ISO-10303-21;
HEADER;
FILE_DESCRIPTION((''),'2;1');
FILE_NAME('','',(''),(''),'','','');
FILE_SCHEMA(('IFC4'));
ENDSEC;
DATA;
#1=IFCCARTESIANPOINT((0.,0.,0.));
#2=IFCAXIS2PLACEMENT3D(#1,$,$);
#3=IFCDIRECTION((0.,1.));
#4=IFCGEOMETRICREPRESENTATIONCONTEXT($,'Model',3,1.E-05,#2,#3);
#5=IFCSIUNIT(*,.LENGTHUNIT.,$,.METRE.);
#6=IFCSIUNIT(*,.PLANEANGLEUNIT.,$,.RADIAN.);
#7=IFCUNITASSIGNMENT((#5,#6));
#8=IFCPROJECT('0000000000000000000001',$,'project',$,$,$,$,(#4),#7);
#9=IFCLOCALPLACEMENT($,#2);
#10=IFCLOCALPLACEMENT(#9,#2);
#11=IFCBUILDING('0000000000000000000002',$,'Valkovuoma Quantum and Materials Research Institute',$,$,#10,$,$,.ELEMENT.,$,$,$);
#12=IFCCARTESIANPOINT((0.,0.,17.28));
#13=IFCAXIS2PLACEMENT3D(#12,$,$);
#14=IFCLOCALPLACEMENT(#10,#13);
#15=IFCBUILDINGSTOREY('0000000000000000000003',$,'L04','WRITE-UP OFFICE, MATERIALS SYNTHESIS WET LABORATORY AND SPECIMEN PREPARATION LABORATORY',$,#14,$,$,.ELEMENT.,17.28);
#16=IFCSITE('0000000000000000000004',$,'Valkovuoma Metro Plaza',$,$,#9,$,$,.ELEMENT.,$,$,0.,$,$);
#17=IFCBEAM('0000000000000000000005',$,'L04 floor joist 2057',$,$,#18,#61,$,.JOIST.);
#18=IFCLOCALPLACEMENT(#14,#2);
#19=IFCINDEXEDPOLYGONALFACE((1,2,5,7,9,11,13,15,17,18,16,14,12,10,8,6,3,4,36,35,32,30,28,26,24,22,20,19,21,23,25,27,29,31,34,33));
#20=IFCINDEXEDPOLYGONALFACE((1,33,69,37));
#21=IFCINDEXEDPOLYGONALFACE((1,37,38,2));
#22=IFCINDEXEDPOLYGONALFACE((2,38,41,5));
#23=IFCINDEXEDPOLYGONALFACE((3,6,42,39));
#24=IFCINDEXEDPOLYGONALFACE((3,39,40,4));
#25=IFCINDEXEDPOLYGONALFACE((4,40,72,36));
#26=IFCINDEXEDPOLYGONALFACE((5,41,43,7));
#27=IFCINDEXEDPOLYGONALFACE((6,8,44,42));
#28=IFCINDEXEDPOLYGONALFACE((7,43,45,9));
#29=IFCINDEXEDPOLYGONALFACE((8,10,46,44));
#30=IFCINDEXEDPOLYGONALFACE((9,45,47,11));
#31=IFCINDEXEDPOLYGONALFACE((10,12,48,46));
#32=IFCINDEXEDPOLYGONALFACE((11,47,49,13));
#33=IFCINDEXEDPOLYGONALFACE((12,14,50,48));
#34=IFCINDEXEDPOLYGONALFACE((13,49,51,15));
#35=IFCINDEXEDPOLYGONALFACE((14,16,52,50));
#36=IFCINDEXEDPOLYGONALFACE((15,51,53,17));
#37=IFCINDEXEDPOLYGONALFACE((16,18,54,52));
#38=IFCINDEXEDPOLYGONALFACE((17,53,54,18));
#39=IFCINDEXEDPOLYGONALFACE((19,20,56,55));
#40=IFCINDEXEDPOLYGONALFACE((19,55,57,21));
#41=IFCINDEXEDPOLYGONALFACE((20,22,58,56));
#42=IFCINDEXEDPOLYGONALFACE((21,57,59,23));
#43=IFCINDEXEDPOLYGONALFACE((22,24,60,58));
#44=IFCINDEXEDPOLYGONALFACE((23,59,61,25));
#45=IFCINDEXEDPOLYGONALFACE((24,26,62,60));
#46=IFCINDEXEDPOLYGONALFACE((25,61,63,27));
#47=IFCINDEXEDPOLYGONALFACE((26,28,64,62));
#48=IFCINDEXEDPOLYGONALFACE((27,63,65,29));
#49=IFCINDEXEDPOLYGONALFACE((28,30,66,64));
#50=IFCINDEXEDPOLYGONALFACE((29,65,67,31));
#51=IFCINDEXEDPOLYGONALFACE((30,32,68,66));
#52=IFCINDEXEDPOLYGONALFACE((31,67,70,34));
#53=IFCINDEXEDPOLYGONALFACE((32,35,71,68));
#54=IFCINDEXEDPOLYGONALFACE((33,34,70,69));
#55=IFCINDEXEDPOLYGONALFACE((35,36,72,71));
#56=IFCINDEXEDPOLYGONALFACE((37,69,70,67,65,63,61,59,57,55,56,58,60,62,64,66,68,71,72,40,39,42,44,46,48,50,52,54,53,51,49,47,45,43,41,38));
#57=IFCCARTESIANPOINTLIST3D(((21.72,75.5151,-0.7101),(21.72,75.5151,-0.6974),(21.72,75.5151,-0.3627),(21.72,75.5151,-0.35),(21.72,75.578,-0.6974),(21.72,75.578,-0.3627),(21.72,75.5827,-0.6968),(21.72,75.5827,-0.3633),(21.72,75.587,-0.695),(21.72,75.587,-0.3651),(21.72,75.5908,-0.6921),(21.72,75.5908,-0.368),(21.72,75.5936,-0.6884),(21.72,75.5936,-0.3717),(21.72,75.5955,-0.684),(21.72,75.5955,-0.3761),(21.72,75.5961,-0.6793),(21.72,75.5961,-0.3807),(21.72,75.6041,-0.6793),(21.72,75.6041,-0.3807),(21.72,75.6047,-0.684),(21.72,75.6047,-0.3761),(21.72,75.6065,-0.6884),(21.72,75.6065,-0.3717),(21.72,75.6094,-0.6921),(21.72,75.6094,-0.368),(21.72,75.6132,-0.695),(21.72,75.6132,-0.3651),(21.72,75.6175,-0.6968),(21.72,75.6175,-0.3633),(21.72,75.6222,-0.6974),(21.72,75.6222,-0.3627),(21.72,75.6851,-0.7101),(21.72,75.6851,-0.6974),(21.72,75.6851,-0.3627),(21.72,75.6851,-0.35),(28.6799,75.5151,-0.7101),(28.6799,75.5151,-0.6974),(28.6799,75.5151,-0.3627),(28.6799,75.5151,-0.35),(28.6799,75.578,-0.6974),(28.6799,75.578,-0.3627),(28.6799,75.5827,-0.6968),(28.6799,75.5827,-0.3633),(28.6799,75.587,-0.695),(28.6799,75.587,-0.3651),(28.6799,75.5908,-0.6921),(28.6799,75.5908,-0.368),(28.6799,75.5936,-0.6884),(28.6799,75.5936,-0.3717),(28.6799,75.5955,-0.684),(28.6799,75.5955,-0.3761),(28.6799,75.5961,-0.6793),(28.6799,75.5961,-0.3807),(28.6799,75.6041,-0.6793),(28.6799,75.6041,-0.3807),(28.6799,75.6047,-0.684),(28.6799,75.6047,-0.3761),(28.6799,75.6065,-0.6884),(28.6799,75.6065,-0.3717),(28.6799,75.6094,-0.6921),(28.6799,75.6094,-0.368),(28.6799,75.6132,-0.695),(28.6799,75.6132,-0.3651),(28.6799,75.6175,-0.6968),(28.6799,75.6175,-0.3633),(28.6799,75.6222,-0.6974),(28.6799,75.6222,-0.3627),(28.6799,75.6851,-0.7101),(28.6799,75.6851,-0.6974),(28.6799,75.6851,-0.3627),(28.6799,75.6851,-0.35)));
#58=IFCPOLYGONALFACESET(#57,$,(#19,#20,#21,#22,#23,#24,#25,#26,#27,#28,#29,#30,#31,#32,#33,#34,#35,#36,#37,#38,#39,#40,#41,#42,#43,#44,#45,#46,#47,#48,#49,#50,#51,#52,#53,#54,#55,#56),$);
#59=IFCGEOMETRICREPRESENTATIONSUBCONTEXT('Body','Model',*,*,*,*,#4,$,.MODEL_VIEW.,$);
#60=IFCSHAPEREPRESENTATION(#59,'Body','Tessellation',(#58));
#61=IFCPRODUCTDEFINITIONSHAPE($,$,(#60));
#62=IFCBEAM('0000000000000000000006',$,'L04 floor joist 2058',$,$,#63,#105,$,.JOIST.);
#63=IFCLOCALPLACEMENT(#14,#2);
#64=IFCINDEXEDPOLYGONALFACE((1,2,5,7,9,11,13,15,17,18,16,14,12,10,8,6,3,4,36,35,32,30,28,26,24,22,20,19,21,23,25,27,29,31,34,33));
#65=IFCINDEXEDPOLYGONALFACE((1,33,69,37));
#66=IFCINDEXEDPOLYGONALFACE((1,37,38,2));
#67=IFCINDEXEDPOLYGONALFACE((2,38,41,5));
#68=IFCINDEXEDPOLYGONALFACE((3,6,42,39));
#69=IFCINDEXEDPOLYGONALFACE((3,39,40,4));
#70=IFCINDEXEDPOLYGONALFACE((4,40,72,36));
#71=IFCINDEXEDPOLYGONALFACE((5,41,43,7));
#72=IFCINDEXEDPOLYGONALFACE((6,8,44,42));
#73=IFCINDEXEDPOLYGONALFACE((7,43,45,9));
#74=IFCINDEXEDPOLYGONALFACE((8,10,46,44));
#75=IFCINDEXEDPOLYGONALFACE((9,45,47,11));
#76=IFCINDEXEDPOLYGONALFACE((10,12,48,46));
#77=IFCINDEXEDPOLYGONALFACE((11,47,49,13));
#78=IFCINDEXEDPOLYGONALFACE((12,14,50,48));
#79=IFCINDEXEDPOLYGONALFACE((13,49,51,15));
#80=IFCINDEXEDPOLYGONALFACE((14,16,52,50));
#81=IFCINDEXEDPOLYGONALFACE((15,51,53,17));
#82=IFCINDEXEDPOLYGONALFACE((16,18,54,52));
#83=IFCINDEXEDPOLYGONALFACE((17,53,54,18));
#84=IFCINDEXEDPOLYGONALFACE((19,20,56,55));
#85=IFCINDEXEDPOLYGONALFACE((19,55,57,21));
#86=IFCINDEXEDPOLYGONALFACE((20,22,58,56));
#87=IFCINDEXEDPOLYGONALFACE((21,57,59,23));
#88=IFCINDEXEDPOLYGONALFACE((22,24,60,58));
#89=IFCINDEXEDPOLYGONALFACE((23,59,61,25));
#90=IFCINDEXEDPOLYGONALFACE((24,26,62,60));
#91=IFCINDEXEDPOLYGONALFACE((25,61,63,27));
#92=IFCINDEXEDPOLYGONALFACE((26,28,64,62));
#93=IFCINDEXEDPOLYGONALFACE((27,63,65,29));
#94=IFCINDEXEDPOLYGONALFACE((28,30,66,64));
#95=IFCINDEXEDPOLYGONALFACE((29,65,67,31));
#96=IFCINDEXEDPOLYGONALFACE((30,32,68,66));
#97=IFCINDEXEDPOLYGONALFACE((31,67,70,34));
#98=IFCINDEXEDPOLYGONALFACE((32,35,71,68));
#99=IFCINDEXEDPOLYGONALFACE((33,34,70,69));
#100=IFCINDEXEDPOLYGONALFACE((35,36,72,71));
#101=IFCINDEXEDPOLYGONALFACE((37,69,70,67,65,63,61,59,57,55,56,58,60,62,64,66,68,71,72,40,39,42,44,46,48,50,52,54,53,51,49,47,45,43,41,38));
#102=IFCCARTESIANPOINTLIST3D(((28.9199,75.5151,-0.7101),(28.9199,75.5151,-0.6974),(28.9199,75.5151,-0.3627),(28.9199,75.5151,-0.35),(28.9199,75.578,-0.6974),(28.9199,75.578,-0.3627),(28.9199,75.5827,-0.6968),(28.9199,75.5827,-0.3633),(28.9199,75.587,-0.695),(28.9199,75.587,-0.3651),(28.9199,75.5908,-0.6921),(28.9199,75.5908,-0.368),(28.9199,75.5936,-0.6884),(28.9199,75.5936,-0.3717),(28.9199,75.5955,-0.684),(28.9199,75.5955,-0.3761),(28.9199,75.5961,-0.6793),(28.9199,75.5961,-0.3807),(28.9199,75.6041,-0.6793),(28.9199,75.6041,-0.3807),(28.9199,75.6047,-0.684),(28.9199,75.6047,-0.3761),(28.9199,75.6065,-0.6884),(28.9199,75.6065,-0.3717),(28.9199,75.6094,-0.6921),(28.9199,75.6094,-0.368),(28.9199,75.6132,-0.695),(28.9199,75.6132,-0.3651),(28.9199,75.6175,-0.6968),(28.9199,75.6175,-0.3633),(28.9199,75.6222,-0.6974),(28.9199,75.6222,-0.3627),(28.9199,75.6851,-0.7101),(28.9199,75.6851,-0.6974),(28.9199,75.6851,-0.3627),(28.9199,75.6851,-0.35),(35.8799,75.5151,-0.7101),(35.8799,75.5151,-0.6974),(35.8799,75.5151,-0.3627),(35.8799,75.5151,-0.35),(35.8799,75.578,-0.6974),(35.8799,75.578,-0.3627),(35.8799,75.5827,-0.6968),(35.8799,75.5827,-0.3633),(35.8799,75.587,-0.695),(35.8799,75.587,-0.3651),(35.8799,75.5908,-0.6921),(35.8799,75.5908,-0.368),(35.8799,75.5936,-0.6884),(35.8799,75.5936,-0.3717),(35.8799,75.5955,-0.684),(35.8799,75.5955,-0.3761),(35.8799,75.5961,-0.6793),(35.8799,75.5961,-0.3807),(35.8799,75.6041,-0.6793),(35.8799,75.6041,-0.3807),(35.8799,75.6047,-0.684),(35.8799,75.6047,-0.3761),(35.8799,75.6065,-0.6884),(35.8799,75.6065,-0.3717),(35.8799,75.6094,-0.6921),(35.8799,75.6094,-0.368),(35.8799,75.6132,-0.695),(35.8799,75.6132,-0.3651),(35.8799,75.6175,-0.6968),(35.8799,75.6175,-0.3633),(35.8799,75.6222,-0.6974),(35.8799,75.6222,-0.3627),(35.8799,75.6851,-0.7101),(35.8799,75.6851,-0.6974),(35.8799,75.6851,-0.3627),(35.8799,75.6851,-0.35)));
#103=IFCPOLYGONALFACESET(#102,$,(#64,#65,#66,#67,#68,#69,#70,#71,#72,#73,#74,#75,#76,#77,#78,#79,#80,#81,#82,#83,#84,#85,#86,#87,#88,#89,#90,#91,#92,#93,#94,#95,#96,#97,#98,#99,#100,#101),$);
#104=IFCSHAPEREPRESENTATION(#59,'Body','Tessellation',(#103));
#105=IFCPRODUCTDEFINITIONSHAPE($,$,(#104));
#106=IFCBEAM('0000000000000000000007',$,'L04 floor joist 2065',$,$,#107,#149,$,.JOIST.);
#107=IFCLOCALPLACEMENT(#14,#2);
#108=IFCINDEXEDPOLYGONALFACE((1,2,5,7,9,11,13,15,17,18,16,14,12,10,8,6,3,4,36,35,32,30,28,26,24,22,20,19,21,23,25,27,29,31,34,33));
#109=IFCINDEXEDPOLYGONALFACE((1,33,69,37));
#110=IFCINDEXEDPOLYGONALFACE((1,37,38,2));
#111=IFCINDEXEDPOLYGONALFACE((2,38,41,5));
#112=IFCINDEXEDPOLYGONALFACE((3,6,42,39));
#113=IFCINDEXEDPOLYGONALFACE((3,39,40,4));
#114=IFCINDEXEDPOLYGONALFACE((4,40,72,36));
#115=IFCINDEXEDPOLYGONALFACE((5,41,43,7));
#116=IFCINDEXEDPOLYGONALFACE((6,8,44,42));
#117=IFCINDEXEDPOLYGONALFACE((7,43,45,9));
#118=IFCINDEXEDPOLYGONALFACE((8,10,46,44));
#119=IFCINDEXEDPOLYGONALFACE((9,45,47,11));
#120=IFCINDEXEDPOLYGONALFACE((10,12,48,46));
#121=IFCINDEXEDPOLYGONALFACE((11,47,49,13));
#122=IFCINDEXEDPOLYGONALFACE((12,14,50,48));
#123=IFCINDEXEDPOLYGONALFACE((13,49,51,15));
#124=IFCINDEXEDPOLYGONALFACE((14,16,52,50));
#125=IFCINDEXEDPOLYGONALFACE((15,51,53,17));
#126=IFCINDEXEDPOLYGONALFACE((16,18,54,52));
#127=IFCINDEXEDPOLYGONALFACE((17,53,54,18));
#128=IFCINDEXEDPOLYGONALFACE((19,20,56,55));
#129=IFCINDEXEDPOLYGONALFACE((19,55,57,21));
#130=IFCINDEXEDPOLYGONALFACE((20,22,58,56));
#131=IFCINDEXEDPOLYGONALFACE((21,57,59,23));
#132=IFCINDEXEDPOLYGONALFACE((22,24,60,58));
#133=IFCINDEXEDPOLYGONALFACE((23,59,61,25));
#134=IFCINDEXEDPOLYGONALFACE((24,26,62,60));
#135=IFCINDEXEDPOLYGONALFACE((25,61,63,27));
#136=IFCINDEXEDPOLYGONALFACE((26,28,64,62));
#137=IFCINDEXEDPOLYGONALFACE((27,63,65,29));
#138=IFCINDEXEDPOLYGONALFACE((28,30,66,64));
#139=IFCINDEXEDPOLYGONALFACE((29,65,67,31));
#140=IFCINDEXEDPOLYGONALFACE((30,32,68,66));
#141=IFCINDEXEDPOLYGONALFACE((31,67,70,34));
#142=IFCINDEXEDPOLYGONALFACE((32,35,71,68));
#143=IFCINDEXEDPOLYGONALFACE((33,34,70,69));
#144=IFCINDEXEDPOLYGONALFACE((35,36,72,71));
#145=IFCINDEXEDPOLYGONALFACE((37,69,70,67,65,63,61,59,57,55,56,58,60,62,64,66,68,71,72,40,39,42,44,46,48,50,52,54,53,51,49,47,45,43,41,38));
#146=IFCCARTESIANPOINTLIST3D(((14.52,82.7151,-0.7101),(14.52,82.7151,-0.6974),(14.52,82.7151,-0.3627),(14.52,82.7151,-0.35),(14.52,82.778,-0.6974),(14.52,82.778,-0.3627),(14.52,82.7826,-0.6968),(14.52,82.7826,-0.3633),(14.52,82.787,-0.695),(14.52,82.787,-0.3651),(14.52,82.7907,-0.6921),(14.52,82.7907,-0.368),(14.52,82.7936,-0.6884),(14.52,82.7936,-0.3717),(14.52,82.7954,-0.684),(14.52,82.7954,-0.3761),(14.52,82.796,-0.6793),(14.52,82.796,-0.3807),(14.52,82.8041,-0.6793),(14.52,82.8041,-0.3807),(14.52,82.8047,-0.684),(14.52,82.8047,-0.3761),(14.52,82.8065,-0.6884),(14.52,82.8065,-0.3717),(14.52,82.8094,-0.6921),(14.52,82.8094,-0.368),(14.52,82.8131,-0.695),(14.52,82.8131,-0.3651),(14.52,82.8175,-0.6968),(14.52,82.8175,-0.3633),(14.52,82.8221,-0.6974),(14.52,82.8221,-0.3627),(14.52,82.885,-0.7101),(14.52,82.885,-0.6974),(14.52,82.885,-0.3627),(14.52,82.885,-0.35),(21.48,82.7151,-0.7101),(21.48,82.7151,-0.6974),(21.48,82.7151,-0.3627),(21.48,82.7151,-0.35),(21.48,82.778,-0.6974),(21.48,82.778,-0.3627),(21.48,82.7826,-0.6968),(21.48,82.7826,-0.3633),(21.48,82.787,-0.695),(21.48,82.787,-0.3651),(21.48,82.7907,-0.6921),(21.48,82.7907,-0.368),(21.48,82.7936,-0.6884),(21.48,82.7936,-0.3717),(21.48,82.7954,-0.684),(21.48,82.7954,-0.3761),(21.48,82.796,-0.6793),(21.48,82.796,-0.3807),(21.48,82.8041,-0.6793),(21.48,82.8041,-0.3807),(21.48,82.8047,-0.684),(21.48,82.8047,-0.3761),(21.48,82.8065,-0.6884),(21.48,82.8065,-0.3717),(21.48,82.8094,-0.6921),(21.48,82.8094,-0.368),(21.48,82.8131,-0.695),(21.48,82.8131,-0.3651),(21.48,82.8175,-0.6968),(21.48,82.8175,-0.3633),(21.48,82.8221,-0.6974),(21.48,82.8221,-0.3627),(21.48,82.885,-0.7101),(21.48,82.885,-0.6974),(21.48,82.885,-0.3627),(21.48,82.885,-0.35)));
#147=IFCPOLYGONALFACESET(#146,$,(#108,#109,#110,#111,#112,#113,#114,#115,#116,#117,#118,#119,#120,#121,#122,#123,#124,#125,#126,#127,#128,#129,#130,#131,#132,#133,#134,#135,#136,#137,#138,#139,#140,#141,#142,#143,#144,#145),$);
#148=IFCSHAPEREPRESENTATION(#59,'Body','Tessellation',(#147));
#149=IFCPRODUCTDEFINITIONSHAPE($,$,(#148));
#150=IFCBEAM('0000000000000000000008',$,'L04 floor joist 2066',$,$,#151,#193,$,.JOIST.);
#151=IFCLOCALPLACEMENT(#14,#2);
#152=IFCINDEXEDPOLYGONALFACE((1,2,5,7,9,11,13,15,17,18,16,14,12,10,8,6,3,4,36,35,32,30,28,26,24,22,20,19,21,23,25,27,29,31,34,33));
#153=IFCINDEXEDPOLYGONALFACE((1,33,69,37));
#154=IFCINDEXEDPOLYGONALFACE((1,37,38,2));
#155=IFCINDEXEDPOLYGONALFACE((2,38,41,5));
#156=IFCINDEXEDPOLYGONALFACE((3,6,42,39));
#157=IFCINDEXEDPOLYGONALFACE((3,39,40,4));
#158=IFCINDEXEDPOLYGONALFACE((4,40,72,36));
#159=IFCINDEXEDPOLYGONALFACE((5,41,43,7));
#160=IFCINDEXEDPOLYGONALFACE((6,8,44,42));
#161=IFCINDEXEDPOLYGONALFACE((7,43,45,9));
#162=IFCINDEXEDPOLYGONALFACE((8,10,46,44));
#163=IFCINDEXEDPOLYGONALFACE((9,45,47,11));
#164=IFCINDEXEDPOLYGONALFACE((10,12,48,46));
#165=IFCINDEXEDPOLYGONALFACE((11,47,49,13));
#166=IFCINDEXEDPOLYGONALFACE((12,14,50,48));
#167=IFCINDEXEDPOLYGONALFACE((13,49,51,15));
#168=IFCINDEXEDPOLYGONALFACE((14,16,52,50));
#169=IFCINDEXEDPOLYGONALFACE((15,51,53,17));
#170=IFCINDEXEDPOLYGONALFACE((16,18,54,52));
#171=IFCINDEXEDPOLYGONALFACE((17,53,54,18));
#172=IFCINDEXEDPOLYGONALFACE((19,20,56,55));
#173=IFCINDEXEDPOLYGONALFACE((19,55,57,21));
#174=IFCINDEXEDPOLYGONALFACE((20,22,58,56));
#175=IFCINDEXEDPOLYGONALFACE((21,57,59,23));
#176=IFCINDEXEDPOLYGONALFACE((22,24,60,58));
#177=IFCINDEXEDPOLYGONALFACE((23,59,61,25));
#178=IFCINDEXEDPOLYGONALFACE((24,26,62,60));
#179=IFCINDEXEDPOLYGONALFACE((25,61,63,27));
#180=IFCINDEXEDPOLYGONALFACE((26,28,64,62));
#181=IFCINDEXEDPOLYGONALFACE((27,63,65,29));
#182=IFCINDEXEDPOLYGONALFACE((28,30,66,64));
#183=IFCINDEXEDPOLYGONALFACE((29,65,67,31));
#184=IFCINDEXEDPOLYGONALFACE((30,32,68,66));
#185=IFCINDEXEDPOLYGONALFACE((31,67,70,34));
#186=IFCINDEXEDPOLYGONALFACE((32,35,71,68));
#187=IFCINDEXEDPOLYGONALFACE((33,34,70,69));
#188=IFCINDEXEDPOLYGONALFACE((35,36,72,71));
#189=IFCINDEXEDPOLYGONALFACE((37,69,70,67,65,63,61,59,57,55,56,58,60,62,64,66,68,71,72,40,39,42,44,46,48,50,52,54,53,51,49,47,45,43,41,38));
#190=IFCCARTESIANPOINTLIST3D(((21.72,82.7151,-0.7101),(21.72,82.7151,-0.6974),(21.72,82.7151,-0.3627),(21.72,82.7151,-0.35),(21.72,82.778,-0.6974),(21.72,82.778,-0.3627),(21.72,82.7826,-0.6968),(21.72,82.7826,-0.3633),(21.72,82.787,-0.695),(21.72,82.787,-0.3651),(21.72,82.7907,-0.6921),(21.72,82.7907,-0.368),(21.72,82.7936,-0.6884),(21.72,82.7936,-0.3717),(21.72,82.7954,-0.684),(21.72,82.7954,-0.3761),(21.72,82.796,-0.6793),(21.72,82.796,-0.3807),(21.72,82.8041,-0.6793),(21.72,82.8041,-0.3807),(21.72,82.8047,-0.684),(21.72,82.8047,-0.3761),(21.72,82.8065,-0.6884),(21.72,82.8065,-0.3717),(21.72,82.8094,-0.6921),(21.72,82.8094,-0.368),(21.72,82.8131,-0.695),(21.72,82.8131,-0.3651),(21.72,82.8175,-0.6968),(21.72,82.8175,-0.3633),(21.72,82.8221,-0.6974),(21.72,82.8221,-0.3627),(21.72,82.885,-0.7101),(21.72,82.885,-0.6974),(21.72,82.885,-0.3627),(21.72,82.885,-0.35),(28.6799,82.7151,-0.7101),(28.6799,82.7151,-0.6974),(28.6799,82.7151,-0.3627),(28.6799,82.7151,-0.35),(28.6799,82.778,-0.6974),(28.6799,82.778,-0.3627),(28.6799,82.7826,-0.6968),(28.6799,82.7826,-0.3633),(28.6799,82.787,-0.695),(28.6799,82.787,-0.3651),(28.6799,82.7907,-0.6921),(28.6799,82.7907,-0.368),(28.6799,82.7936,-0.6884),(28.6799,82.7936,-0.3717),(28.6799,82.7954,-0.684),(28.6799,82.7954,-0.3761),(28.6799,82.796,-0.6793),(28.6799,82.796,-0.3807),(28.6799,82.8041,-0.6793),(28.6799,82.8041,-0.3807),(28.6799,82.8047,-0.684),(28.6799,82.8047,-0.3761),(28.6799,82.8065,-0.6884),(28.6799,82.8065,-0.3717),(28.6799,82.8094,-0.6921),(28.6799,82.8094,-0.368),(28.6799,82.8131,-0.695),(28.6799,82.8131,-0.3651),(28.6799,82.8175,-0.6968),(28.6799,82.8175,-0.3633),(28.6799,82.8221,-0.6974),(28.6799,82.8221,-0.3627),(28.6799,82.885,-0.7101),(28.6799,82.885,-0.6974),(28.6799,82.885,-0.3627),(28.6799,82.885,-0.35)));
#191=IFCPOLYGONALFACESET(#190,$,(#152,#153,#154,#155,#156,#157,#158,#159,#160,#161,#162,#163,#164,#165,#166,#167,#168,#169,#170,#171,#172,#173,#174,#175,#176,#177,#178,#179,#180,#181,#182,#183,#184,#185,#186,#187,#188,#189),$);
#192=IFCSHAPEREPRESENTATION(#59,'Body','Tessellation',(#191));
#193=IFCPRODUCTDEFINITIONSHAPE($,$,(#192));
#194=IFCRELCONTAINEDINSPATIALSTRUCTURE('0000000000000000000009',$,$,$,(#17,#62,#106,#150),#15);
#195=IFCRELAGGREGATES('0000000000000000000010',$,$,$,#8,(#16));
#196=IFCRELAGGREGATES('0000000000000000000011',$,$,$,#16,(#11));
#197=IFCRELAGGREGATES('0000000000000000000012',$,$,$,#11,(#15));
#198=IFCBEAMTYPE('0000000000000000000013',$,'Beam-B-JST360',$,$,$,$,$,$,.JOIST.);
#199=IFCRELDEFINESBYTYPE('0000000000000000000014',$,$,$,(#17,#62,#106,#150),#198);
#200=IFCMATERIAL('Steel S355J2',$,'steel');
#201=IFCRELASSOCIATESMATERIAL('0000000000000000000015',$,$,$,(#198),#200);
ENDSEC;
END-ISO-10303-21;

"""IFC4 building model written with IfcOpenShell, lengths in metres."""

from ifc_helpers import new_model, si_unit, direction, frame, origin, origin_2d, place, context, subcontext, project, spatial, i_section, extrude, material, material_profile, profile_set, type_object, element, save


model = new_model("IFC4")

# Units and contexts
model_context = context("Model", 3, precision=1e-05, world=origin(), true_north=direction((0.0, 1.0)))
body_context = subcontext(model_context, "Body", "Model", "MODEL_VIEW")
ifc_project = project(units=[si_unit("LENGTHUNIT", "METRE"), si_unit("PLANEANGLEUNIT", "RADIAN")], contexts=[model_context])

# Site, building, storey
site_placement = place(None, origin())
site = spatial("IfcSite", under=ifc_project, at=site_placement, Name="Valkovuoma Metro Plaza", CompositionType="ELEMENT", RefElevation=0.0)
building_placement = place(site_placement, origin())
building = spatial("IfcBuilding", under=site, at=building_placement, Name="Valkovuoma Quantum and Materials Research Institute", CompositionType="ELEMENT")
storey_placement = place(building_placement, frame((0.0, 0.0, 17.28)))
storey = spatial("IfcBuildingStorey", under=building, at=storey_placement, Name="L04", Description="WRITE-UP OFFICE, MATERIALS SYNTHESIS WET LABORATORY AND SPECIMEN PREPARATION LABORATORY", CompositionType="ELEMENT", Elevation=17.28)

# Beams
ifc_material_1 = material(Name="Steel S355J2", Category="steel")
ifc_material_profile_1 = material_profile(ifc_material_1, i_section(OverallWidth=0.1699, OverallDepth=0.3601, WebThickness=0.0081, FlangeThickness=0.0127, FilletRadius=0.0181, at=origin_2d()), Name="Steel S355J2")
ifc_profile_set_1 = profile_set([ifc_material_profile_1], Name="Steel S355J2")
beam_type_1 = type_object("IfcBeamType", Name="Beam-B-JST360", PredefinedType="JOIST", material=ifc_profile_set_1)
for number, where, z_axis, x_axis, name in (
    (1, (21.72, 75.6001, -0.53), (1.0, 0.0, 0.0), (0.0, 1.0, 0.0), "L04 floor joist 2057"),
    (2, (28.9199, 75.6001, -0.53), (1.0, 0.0, 0.0), (0.0, 1.0, 0.0), "L04 floor joist 2058"),
    (3, (14.52, 82.8, -0.53), (1.0, 0.0, 0.0), (0.0, 1.0, 0.0), "L04 floor joist 2065"),
    (4, (21.72, 82.8, -0.53), (1.0, 0.0, 0.0), (0.0, 1.0, 0.0), "L04 floor joist 2066"),
):
    element("IfcBeam", number, at=place(storey_placement, frame(where, z_axis=z_axis, x_axis=x_axis)), inside=storey, type_object=beam_type_1, Name=name, PredefinedType="JOIST", context=body_context, shape_type="SweptSolid", body=[
        extrude(i_section(OverallWidth=0.1699, OverallDepth=0.3601, WebThickness=0.0081, FlangeThickness=0.0127, FilletRadius=0.0181, at=origin_2d()), origin(), (0.0, 0.0, 1.0), 6.96),
    ])

save(model, "model.ifc")
